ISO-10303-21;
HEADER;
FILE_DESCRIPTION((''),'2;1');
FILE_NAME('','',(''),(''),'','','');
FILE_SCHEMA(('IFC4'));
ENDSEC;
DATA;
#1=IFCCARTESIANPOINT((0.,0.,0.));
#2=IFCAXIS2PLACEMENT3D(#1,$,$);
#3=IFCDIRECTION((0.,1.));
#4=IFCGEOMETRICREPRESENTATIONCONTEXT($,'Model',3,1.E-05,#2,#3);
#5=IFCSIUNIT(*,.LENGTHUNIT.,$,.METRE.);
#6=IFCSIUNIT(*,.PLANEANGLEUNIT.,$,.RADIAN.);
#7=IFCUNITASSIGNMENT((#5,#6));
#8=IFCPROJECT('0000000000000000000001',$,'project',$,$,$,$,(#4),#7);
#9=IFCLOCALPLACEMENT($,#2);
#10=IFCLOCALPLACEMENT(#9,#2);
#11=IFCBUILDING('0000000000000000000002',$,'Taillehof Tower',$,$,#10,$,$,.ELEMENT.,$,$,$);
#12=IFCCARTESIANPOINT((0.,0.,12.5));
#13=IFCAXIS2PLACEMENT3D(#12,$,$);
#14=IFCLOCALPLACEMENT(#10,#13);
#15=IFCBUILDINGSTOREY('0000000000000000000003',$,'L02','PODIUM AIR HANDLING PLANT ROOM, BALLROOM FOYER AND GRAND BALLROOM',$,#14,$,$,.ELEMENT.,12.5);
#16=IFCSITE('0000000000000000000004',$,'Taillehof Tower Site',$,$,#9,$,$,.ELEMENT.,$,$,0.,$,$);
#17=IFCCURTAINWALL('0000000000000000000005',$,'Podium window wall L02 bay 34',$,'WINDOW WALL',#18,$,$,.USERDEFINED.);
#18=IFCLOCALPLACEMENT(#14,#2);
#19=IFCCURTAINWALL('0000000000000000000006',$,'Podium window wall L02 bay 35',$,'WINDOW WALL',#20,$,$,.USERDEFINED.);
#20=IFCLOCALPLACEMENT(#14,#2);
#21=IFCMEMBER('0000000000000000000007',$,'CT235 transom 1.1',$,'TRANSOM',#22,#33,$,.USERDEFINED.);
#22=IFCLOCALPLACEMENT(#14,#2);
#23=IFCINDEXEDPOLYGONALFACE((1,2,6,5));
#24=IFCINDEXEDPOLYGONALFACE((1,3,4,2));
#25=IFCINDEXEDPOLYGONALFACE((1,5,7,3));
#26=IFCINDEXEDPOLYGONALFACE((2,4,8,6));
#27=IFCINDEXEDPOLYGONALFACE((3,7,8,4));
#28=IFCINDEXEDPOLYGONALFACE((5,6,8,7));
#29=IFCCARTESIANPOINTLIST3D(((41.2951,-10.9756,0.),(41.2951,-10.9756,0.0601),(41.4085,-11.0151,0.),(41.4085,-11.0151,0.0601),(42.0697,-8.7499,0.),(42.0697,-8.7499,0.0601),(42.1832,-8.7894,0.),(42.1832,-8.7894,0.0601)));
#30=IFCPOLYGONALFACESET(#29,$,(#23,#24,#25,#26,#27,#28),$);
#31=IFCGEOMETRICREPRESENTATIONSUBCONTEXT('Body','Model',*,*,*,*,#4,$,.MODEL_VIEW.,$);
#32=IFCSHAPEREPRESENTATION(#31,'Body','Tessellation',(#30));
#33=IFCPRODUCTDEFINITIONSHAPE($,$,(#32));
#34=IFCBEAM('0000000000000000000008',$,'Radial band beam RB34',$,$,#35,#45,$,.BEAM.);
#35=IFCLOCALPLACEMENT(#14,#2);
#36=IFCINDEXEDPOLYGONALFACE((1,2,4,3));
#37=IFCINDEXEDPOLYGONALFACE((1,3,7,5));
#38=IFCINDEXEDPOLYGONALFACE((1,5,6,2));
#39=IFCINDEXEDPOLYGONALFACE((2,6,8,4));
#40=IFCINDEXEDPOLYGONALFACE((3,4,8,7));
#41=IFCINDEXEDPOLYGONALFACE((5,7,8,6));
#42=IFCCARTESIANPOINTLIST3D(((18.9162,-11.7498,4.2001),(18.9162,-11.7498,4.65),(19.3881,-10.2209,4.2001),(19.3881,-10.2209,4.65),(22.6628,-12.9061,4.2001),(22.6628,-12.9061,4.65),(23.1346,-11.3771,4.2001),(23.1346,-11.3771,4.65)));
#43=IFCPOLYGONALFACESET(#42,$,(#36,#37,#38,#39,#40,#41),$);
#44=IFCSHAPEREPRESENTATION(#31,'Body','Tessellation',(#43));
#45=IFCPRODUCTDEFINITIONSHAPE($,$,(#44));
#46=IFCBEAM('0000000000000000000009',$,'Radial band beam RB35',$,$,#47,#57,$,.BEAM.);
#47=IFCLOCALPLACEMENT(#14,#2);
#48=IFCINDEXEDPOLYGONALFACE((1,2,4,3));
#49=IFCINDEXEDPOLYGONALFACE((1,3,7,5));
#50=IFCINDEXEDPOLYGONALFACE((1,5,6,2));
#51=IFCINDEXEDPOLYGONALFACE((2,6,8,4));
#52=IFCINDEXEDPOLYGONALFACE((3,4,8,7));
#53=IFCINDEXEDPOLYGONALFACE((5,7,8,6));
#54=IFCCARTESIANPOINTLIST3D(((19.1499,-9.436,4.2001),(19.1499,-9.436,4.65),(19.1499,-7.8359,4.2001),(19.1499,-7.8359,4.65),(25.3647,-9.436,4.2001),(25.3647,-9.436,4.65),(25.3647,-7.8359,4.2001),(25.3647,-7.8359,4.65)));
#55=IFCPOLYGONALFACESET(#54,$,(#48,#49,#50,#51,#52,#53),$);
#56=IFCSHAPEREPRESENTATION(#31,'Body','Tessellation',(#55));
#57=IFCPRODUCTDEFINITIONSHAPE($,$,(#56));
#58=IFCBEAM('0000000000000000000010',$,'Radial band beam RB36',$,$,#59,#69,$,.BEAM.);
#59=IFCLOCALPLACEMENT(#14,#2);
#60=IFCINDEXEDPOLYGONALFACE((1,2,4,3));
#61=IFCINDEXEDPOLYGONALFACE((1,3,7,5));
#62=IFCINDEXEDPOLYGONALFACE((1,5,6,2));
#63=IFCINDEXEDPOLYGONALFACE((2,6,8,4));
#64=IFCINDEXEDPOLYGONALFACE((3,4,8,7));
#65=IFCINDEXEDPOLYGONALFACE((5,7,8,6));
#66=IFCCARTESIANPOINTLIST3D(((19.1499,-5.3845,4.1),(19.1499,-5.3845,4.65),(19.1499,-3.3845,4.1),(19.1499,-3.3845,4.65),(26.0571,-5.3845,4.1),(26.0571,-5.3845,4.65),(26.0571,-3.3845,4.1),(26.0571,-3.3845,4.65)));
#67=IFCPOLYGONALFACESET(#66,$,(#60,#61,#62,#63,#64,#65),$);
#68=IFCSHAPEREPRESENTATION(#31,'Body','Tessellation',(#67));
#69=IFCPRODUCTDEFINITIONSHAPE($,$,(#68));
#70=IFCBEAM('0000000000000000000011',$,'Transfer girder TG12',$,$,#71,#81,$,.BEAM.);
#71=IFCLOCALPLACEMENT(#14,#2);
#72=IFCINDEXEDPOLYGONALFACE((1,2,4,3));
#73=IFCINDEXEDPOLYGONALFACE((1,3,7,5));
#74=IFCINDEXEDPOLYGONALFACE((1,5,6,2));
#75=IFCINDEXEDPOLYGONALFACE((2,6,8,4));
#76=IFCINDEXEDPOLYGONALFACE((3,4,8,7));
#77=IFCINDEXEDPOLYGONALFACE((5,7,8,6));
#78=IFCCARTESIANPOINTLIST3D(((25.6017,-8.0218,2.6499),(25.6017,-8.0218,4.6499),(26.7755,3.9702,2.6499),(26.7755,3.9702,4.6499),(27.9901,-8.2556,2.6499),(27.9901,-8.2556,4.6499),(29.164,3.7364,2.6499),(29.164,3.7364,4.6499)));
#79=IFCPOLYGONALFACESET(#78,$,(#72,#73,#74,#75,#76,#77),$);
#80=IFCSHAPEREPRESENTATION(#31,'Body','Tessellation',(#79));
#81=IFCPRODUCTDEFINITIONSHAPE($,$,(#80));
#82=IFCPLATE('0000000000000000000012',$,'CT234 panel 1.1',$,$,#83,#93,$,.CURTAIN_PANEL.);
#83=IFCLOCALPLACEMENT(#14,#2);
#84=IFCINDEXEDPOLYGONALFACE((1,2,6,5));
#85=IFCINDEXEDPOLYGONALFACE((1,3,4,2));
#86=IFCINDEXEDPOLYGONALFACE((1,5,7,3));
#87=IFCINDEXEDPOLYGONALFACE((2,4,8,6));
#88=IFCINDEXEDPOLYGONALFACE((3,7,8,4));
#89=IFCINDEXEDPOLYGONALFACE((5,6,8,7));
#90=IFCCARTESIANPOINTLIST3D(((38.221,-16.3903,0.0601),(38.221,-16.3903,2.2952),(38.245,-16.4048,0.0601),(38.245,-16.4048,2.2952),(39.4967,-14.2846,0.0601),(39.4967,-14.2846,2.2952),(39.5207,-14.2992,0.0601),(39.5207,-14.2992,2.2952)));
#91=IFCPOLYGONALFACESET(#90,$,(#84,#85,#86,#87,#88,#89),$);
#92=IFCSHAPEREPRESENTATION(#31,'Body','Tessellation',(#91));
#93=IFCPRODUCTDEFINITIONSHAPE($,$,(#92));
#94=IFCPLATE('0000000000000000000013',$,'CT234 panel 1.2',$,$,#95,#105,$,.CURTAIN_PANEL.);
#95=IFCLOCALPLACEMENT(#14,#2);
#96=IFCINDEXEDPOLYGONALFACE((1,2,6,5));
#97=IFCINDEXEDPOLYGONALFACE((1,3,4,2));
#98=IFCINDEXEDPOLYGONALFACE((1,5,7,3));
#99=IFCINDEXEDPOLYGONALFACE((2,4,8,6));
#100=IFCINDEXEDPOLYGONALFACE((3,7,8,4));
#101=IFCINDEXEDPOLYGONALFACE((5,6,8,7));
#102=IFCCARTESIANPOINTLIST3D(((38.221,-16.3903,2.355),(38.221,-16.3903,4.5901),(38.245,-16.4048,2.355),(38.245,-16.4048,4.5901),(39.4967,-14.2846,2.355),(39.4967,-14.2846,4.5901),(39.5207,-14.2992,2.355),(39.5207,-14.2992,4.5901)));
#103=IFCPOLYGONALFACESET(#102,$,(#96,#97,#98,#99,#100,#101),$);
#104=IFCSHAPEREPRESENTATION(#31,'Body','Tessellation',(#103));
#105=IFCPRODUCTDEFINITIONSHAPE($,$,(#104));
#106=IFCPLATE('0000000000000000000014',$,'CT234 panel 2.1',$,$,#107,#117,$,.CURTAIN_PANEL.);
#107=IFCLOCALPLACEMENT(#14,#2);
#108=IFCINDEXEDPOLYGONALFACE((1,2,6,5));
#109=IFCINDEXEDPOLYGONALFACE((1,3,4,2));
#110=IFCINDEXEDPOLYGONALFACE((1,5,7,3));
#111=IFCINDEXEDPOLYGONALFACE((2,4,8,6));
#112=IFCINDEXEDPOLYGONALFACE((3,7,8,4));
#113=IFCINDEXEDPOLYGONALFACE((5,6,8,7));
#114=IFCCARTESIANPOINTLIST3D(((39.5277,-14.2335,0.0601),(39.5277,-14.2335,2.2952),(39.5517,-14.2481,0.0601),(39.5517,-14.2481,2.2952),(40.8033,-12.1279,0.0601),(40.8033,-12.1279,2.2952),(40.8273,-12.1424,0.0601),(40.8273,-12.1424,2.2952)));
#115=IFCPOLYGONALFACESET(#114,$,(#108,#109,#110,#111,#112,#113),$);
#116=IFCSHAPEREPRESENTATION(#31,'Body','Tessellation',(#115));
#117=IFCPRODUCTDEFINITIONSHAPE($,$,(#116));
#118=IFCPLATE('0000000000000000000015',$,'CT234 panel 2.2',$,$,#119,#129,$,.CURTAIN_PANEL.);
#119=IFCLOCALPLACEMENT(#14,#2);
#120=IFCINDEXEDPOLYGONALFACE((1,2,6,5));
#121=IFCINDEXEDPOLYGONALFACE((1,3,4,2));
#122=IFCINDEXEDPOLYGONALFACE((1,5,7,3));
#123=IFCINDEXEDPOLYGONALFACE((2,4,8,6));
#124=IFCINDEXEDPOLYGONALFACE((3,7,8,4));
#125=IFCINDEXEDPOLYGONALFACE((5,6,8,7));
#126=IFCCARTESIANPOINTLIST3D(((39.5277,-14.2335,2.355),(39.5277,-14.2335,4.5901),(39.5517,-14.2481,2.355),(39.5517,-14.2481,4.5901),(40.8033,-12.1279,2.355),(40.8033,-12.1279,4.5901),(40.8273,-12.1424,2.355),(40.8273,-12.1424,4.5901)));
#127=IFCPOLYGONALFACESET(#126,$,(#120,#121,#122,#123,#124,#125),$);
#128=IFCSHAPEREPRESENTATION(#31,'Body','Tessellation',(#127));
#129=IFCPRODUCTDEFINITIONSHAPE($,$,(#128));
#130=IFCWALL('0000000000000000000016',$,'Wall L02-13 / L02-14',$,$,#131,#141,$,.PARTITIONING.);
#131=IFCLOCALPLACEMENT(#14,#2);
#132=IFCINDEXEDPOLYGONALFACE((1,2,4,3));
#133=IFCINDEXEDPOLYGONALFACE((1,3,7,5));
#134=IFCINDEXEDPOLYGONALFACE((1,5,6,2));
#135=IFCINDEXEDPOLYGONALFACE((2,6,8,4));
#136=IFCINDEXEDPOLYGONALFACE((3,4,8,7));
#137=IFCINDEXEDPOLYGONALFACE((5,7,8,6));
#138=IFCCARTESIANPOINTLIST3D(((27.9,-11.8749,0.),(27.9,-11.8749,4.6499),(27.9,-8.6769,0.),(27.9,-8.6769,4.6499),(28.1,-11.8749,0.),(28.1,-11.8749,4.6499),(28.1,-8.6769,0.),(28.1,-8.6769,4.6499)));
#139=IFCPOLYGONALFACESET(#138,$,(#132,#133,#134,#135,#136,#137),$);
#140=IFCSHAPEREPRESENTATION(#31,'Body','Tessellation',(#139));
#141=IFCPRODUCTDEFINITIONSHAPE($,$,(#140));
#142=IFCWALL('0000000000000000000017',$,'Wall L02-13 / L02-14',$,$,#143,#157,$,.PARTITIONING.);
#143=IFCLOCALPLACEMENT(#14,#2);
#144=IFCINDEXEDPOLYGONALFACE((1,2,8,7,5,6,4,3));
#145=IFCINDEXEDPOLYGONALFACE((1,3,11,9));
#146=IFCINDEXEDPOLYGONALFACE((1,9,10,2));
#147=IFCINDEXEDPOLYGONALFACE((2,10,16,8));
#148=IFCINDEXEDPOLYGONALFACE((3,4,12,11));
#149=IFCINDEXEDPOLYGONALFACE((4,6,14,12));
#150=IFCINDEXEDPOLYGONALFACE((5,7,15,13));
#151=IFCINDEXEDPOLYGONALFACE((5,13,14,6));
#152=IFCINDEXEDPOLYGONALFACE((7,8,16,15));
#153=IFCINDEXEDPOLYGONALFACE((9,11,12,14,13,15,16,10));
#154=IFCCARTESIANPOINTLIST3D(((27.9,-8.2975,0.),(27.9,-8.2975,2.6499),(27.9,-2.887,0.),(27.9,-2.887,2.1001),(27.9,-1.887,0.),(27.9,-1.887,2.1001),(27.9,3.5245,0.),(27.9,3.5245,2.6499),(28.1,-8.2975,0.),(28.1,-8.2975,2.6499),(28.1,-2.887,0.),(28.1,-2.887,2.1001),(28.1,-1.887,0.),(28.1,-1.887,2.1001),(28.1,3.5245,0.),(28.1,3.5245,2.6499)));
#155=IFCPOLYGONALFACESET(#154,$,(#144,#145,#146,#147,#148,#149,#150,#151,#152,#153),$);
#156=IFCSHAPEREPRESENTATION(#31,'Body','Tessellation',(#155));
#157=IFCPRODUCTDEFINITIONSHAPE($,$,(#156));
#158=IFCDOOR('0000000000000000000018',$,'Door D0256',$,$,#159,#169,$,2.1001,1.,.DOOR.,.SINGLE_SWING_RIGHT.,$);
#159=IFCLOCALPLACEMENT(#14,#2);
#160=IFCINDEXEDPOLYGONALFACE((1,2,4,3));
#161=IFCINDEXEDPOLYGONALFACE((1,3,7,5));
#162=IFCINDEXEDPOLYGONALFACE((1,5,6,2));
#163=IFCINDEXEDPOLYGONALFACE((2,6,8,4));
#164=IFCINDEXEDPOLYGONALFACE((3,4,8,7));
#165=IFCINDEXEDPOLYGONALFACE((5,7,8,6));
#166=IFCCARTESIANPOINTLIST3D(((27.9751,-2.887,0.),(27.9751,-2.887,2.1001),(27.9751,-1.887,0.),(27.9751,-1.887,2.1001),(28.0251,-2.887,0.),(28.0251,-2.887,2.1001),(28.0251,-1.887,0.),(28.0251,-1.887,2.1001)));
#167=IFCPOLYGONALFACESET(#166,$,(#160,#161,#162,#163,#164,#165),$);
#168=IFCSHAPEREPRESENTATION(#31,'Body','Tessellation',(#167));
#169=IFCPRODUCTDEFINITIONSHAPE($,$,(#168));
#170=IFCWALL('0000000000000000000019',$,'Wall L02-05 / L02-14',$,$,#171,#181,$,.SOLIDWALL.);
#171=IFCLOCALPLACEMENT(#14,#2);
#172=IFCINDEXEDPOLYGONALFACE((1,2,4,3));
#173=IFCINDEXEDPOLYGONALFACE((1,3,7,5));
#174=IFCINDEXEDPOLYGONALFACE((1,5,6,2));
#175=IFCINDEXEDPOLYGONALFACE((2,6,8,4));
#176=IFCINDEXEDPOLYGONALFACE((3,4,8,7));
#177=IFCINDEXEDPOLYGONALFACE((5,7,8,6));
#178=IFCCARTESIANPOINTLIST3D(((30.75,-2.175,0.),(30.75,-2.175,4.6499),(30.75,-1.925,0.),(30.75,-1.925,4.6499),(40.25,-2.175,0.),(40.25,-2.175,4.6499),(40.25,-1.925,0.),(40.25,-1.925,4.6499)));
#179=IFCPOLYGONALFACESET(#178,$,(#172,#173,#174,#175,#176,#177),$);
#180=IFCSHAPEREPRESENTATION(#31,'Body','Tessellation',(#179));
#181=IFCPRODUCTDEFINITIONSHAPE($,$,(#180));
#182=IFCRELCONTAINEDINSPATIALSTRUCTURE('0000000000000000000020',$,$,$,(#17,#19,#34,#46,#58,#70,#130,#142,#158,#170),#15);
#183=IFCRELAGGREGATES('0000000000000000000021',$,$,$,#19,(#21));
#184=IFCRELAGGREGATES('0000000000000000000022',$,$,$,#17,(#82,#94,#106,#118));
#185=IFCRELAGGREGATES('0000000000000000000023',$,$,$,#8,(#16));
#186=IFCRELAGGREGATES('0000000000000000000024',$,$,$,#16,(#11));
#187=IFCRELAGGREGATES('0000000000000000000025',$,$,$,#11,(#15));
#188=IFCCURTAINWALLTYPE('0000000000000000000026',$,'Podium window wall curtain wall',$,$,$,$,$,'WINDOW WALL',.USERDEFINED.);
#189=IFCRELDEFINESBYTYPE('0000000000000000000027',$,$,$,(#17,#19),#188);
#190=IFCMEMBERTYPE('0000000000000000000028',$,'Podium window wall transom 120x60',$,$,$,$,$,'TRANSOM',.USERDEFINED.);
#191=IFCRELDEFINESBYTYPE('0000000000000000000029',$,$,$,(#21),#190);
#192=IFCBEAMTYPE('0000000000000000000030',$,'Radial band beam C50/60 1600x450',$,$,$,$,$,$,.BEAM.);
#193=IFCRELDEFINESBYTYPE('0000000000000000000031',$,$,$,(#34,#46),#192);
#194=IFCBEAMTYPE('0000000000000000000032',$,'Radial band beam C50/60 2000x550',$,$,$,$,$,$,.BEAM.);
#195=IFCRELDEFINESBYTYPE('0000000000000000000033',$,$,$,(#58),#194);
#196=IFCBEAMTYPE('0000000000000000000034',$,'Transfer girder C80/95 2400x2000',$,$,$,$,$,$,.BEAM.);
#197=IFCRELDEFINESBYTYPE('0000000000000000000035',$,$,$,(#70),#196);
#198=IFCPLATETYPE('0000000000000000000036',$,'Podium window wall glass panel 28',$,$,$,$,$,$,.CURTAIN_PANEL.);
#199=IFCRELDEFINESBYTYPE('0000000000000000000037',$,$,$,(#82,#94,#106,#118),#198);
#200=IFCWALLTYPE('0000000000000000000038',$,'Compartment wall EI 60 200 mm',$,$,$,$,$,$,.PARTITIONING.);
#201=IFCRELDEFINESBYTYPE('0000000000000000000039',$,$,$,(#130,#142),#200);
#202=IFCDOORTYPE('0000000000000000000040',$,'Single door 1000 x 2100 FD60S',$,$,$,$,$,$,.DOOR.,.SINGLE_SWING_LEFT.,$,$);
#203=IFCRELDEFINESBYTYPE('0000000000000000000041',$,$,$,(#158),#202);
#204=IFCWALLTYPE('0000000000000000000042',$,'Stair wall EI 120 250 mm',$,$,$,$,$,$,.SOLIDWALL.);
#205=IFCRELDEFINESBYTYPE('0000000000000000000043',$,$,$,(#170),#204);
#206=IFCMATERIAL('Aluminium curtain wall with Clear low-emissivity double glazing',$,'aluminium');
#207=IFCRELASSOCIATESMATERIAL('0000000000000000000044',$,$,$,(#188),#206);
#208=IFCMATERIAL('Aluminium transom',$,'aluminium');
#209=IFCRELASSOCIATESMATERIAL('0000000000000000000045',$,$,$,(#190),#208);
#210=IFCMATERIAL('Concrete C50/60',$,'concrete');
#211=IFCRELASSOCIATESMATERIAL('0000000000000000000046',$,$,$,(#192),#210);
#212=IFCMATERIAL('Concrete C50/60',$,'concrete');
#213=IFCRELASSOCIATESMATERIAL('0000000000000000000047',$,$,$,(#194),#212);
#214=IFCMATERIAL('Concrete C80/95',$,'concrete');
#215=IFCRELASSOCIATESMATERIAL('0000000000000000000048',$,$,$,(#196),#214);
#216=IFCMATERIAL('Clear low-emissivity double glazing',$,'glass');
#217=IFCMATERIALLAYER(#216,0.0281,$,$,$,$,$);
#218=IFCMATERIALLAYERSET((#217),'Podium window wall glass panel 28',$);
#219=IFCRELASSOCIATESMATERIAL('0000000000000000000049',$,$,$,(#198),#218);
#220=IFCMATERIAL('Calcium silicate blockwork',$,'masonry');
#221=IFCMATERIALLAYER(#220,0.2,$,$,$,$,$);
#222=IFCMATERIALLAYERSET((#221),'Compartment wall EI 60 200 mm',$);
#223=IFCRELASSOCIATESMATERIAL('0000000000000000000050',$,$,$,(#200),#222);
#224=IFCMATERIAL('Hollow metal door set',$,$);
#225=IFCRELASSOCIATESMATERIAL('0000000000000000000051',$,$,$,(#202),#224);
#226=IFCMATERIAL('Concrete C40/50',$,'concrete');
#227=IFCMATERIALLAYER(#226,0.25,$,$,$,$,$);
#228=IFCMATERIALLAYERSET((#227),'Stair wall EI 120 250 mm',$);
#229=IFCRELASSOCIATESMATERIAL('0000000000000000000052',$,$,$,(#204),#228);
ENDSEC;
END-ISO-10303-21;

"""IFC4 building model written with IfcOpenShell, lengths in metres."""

from ifc_helpers import new_model, si_unit, direction, frame, frame_2d, origin, origin_2d, place, context, subcontext, project, spatial, rectangle, extrude, material, layer, layer_set, material_profile, profile_set, type_object, element, fill, aggregate, save


model = new_model("IFC4")

# Units and contexts
model_context = context("Model", 3, precision=1e-05, world=origin(), true_north=direction((0.0, 1.0)))
body_context = subcontext(model_context, "Body", "Model", "MODEL_VIEW")
ifc_project = project(units=[si_unit("LENGTHUNIT", "METRE"), si_unit("PLANEANGLEUNIT", "RADIAN")], contexts=[model_context])

# Site, building, storey
site_placement = place(None, origin())
site = spatial("IfcSite", under=ifc_project, at=site_placement, Name="Taillehof Tower Site", CompositionType="ELEMENT", RefElevation=0.0)
building_placement = place(site_placement, origin())
building = spatial("IfcBuilding", under=site, at=building_placement, Name="Taillehof Tower", CompositionType="ELEMENT")
storey_placement = place(building_placement, frame((0.0, 0.0, 12.5)))
storey = spatial("IfcBuildingStorey", under=building, at=storey_placement, Name="L02", Description="PODIUM AIR HANDLING PLANT ROOM, BALLROOM FOYER AND GRAND BALLROOM", CompositionType="ELEMENT", Elevation=12.5)

# Curtain wall
ifc_material_1 = material(Name="Aluminium curtain wall with Clear low-emissivity double glazing", Category="aluminium")
curtain_wall_type = type_object("IfcCurtainWallType", Name="Podium window wall curtain wall", ElementType="WINDOW WALL", PredefinedType="USERDEFINED", material=ifc_material_1)
curtain_wall_1_placement = place(storey_placement, origin())
curtain_wall_1 = element("IfcCurtainWall", 1, at=curtain_wall_1_placement, inside=storey, type_object=curtain_wall_type, Name="Podium window wall L02 bay 34", ObjectType="WINDOW WALL", PredefinedType="USERDEFINED")

# Curtain wall
curtain_wall_2_placement = place(storey_placement, origin())
curtain_wall_2 = element("IfcCurtainWall", 2, at=curtain_wall_2_placement, inside=storey, type_object=curtain_wall_type, Name="Podium window wall L02 bay 35", ObjectType="WINDOW WALL", PredefinedType="USERDEFINED")

# Member
ifc_material_2 = material(Name="Aluminium transom", Category="aluminium")
ifc_material_profile_1 = material_profile(ifc_material_2, rectangle(XDim=0.1201, YDim=0.0601, at=origin_2d()), Name="AL 120x60")
ifc_profile_set_1 = profile_set([ifc_material_profile_1], Name="Aluminium transom")
member_type_1 = type_object("IfcMemberType", Name="Podium window wall transom 120x60", ElementType="TRANSOM", PredefinedType="USERDEFINED", material=ifc_profile_set_1)
member_1_placement = place(storey_placement, frame((41.3518, -10.9954, 0.03), z_axis=(0.328693, 0.944437, 0.0), x_axis=(-0.944437, 0.328693, 0.0)))
member_1 = element("IfcMember", 3, at=member_1_placement, type_object=member_type_1, Name="CT235 transom 1.1", ObjectType="TRANSOM", PredefinedType="USERDEFINED", context=body_context, shape_type="SweptSolid", body=[
    extrude(rectangle(XDim=0.1201, YDim=0.0601, at=origin_2d()), origin(), (0.0, 0.0, 1.0), 2.3567),
])
aggregate(curtain_wall_2, [member_1])

# Beams
ifc_material_3 = material(Name="Concrete C50/60", Category="concrete")
ifc_material_profile_2 = material_profile(ifc_material_3, rectangle(XDim=1.6001, YDim=0.45, at=origin_2d()), Name="RC 1600x450")
ifc_profile_set_2 = profile_set([ifc_material_profile_2], Name="Concrete C50/60")
beam_type_1 = type_object("IfcBeamType", Name="Radial band beam C50/60 1600x450", PredefinedType="BEAM", material=ifc_profile_set_2)
beam_1_placement = place(storey_placement, frame((22.8987, -12.1416, 4.425), z_axis=(-0.955531, 0.294891, 0.0), x_axis=(-0.294891, -0.955531, 0.0)))
element("IfcBeam", 4, at=beam_1_placement, inside=storey, type_object=beam_type_1, Name="Radial band beam RB34", PredefinedType="BEAM", context=body_context, shape_type="SweptSolid", body=[
    extrude(rectangle(XDim=1.6001, YDim=0.45, at=origin_2d()), origin(), (0.0, 0.0, 1.0), 3.9209),
])
beam_2_placement = place(storey_placement, frame((25.3647, -8.636, 4.425), z_axis=(-1.0, 0.0, 0.0), x_axis=(0.0, -1.0, 0.0)))
element("IfcBeam", 5, at=beam_2_placement, inside=storey, type_object=beam_type_1, Name="Radial band beam RB35", PredefinedType="BEAM", context=body_context, shape_type="SweptSolid", body=[
    extrude(rectangle(XDim=1.6001, YDim=0.45, at=origin_2d()), origin(), (0.0, 0.0, 1.0), 6.2148),
])
ifc_material_4 = material(Name="Concrete C50/60", Category="concrete")
ifc_material_profile_3 = material_profile(ifc_material_4, rectangle(XDim=2.0, YDim=0.55, at=origin_2d()), Name="RC 2000x550")
ifc_profile_set_3 = profile_set([ifc_material_profile_3], Name="Concrete C50/60")
beam_type_2 = type_object("IfcBeamType", Name="Radial band beam C50/60 2000x550", PredefinedType="BEAM", material=ifc_profile_set_3)
beam_3_placement = place(storey_placement, frame((26.0571, -4.3845, 4.375), z_axis=(-1.0, 0.0, 0.0), x_axis=(0.0, -1.0, 0.0)))
element("IfcBeam", 6, at=beam_3_placement, inside=storey, type_object=beam_type_2, Name="Radial band beam RB36", PredefinedType="BEAM", context=body_context, shape_type="SweptSolid", body=[
    extrude(rectangle(XDim=2.0, YDim=0.55, at=origin_2d()), origin(), (0.0, 0.0, 1.0), 6.9072),
])
ifc_material_5 = material(Name="Concrete C80/95", Category="concrete")
ifc_material_profile_4 = material_profile(ifc_material_5, rectangle(XDim=2.3999, YDim=2.0, at=origin_2d()), Name="RC 2400x2000")
ifc_profile_set_4 = profile_set([ifc_material_profile_4], Name="Concrete C80/95")
beam_type_3 = type_object("IfcBeamType", Name="Transfer girder C80/95 2400x2000", PredefinedType="BEAM", material=ifc_profile_set_4)
beam_4_placement = place(storey_placement, frame((26.7959, -8.1387, 3.6499), z_axis=(0.097419, 0.995243, 0.0), x_axis=(-0.995243, 0.097419, 0.0)))
element("IfcBeam", 7, at=beam_4_placement, inside=storey, type_object=beam_type_3, Name="Transfer girder TG12", PredefinedType="BEAM", context=body_context, shape_type="SweptSolid", body=[
    extrude(rectangle(XDim=2.3999, YDim=2.0, at=origin_2d()), origin(), (0.0, 0.0, 1.0), 12.0493),
])

# Plates
ifc_material_6 = material(Name="Clear low-emissivity double glazing", Category="glass")
ifc_layer_1 = layer(ifc_material_6, 0.0281)
ifc_layer_set_1 = layer_set([ifc_layer_1], Name="Podium window wall glass panel 28")
plate_type = type_object("IfcPlateType", Name="Podium window wall glass panel 28", PredefinedType="CURTAIN_PANEL", material=ifc_layer_set_1)
plate_1_placement = place(storey_placement, frame((38.8708, -15.3447, 0.0601), z_axis=(0.0, 0.0, 1.0), x_axis=(0.518151, 0.855289, 0.0)))
plate_1 = element("IfcPlate", 8, at=plate_1_placement, type_object=plate_type, Name="CT234 panel 1.1", PredefinedType="CURTAIN_PANEL", context=body_context, shape_type="SweptSolid", body=[
    extrude(rectangle(XDim=2.4619, YDim=0.0281, at=origin_2d()), origin(), (0.0, 0.0, 1.0), 2.2351),
])
plate_2_placement = place(storey_placement, frame((38.8708, -15.3447, 2.355), z_axis=(0.0, 0.0, 1.0), x_axis=(0.518151, 0.855289, 0.0)))
plate_2 = element("IfcPlate", 9, at=plate_2_placement, type_object=plate_type, Name="CT234 panel 1.2", PredefinedType="CURTAIN_PANEL", context=body_context, shape_type="SweptSolid", body=[
    extrude(rectangle(XDim=2.4619, YDim=0.0281, at=origin_2d()), origin(), (0.0, 0.0, 1.0), 2.2351),
])
plate_3_placement = place(storey_placement, frame((40.1775, -13.188, 0.0601), z_axis=(0.0, 0.0, 1.0), x_axis=(0.518151, 0.855289, 0.0)))
plate_3 = element("IfcPlate", 10, at=plate_3_placement, type_object=plate_type, Name="CT234 panel 2.1", PredefinedType="CURTAIN_PANEL", context=body_context, shape_type="SweptSolid", body=[
    extrude(rectangle(XDim=2.4619, YDim=0.0281, at=origin_2d()), origin(), (0.0, 0.0, 1.0), 2.2351),
])
plate_4_placement = place(storey_placement, frame((40.1775, -13.188, 2.355), z_axis=(0.0, 0.0, 1.0), x_axis=(0.518151, 0.855289, 0.0)))
plate_4 = element("IfcPlate", 11, at=plate_4_placement, type_object=plate_type, Name="CT234 panel 2.2", PredefinedType="CURTAIN_PANEL", context=body_context, shape_type="SweptSolid", body=[
    extrude(rectangle(XDim=2.4619, YDim=0.0281, at=origin_2d()), origin(), (0.0, 0.0, 1.0), 2.2351),
])
aggregate(curtain_wall_1, [plate_1, plate_2, plate_3, plate_4])

# Wall
ifc_material_7 = material(Name="Calcium silicate blockwork", Category="masonry")
ifc_layer_2 = layer(ifc_material_7, 0.2)
ifc_layer_set_2 = layer_set([ifc_layer_2], Name="Compartment wall EI 60 200 mm")
wall_type_1 = type_object("IfcWallType", Name="Compartment wall EI 60 200 mm", PredefinedType="PARTITIONING", material=ifc_layer_set_2)
wall_1_placement = place(storey_placement, frame((28.0, -11.875, 0.0), z_axis=(0.0, 0.0, 1.0), x_axis=(0.0, 1.0, 0.0)))
element("IfcWall", 12, at=wall_1_placement, inside=storey, type_object=wall_type_1, Name="Wall L02-13 / L02-14", PredefinedType="PARTITIONING", context=body_context, shape_type="SweptSolid", body=[
    extrude(rectangle(XDim=3.198, YDim=0.2, at=frame_2d((1.5991, 0.0))), origin(), (0.0, 0.0, 1.0), 4.6499),
])

# Wall, opening, door
wall_2_placement = place(storey_placement, frame((28.0, -8.2976, 0.0), z_axis=(0.0, 0.0, 1.0), x_axis=(0.0, 1.0, 0.0)))
wall_2 = element("IfcWall", 13, at=wall_2_placement, inside=storey, type_object=wall_type_1, Name="Wall L02-13 / L02-14", PredefinedType="PARTITIONING", context=body_context, shape_type="SweptSolid", body=[
    extrude(rectangle(XDim=11.822, YDim=0.2, at=frame_2d((5.9111, 0.0))), origin(), (0.0, 0.0, 1.0), 2.6499),
])
opening_1_placement = place(wall_2_placement, frame((5.4106, 0.0, 0.0)))
opening_1 = element("IfcOpeningElement", 14, at=opening_1_placement, cuts=wall_2, PredefinedType="OPENING", context=body_context, shape_type="SweptSolid", body=[
    extrude(rectangle(XDim=1.0, YDim=2.1001, at=frame_2d((0.5, 1.05))), frame((0.0, 0.1099, 0.0), z_axis=(0.0, -1.0, 0.0), x_axis=(1.0, 0.0, 0.0)), (0.0, 0.0, 1.0), 0.22),
])
ifc_material_8 = material(Name="Hollow metal door set")
door_type_1 = type_object("IfcDoorType", Name="Single door 1000 x 2100 FD60S", OperationType="SINGLE_SWING_LEFT", PredefinedType="DOOR", material=ifc_material_8)
door_1_placement = place(opening_1_placement, origin())
door_1 = element("IfcDoor", 15, at=door_1_placement, inside=storey, type_object=door_type_1, Name="Door D0256", OperationType="SINGLE_SWING_RIGHT", OverallHeight=2.1001, OverallWidth=1.0, PredefinedType="DOOR", context=body_context, shape_type="SweptSolid", body=[
    extrude(rectangle(XDim=1.0, YDim=2.1001, at=frame_2d((0.5, 1.05))), frame((0.0, 0.0249, 0.0), z_axis=(0.0, -1.0, 0.0), x_axis=(1.0, 0.0, 0.0)), (0.0, 0.0, 1.0), 0.05),
])
fill(opening_1, door_1)

# Wall
ifc_material_9 = material(Name="Concrete C40/50", Category="concrete")
ifc_layer_3 = layer(ifc_material_9, 0.25)
ifc_layer_set_3 = layer_set([ifc_layer_3], Name="Stair wall EI 120 250 mm")
wall_type_2 = type_object("IfcWallType", Name="Stair wall EI 120 250 mm", PredefinedType="SOLIDWALL", material=ifc_layer_set_3)
wall_3_placement = place(storey_placement, frame((30.75, -2.05, 0.0), z_axis=(0.0, 0.0, 1.0), x_axis=(1.0, 0.0, 0.0)))
element("IfcWall", 16, at=wall_3_placement, inside=storey, type_object=wall_type_2, Name="Wall L02-05 / L02-14", PredefinedType="SOLIDWALL", context=body_context, shape_type="SweptSolid", body=[
    extrude(rectangle(XDim=9.5, YDim=0.25, at=frame_2d((4.75, 0.0))), origin(), (0.0, 0.0, 1.0), 4.6499),
])

save(model, "model.ifc")
